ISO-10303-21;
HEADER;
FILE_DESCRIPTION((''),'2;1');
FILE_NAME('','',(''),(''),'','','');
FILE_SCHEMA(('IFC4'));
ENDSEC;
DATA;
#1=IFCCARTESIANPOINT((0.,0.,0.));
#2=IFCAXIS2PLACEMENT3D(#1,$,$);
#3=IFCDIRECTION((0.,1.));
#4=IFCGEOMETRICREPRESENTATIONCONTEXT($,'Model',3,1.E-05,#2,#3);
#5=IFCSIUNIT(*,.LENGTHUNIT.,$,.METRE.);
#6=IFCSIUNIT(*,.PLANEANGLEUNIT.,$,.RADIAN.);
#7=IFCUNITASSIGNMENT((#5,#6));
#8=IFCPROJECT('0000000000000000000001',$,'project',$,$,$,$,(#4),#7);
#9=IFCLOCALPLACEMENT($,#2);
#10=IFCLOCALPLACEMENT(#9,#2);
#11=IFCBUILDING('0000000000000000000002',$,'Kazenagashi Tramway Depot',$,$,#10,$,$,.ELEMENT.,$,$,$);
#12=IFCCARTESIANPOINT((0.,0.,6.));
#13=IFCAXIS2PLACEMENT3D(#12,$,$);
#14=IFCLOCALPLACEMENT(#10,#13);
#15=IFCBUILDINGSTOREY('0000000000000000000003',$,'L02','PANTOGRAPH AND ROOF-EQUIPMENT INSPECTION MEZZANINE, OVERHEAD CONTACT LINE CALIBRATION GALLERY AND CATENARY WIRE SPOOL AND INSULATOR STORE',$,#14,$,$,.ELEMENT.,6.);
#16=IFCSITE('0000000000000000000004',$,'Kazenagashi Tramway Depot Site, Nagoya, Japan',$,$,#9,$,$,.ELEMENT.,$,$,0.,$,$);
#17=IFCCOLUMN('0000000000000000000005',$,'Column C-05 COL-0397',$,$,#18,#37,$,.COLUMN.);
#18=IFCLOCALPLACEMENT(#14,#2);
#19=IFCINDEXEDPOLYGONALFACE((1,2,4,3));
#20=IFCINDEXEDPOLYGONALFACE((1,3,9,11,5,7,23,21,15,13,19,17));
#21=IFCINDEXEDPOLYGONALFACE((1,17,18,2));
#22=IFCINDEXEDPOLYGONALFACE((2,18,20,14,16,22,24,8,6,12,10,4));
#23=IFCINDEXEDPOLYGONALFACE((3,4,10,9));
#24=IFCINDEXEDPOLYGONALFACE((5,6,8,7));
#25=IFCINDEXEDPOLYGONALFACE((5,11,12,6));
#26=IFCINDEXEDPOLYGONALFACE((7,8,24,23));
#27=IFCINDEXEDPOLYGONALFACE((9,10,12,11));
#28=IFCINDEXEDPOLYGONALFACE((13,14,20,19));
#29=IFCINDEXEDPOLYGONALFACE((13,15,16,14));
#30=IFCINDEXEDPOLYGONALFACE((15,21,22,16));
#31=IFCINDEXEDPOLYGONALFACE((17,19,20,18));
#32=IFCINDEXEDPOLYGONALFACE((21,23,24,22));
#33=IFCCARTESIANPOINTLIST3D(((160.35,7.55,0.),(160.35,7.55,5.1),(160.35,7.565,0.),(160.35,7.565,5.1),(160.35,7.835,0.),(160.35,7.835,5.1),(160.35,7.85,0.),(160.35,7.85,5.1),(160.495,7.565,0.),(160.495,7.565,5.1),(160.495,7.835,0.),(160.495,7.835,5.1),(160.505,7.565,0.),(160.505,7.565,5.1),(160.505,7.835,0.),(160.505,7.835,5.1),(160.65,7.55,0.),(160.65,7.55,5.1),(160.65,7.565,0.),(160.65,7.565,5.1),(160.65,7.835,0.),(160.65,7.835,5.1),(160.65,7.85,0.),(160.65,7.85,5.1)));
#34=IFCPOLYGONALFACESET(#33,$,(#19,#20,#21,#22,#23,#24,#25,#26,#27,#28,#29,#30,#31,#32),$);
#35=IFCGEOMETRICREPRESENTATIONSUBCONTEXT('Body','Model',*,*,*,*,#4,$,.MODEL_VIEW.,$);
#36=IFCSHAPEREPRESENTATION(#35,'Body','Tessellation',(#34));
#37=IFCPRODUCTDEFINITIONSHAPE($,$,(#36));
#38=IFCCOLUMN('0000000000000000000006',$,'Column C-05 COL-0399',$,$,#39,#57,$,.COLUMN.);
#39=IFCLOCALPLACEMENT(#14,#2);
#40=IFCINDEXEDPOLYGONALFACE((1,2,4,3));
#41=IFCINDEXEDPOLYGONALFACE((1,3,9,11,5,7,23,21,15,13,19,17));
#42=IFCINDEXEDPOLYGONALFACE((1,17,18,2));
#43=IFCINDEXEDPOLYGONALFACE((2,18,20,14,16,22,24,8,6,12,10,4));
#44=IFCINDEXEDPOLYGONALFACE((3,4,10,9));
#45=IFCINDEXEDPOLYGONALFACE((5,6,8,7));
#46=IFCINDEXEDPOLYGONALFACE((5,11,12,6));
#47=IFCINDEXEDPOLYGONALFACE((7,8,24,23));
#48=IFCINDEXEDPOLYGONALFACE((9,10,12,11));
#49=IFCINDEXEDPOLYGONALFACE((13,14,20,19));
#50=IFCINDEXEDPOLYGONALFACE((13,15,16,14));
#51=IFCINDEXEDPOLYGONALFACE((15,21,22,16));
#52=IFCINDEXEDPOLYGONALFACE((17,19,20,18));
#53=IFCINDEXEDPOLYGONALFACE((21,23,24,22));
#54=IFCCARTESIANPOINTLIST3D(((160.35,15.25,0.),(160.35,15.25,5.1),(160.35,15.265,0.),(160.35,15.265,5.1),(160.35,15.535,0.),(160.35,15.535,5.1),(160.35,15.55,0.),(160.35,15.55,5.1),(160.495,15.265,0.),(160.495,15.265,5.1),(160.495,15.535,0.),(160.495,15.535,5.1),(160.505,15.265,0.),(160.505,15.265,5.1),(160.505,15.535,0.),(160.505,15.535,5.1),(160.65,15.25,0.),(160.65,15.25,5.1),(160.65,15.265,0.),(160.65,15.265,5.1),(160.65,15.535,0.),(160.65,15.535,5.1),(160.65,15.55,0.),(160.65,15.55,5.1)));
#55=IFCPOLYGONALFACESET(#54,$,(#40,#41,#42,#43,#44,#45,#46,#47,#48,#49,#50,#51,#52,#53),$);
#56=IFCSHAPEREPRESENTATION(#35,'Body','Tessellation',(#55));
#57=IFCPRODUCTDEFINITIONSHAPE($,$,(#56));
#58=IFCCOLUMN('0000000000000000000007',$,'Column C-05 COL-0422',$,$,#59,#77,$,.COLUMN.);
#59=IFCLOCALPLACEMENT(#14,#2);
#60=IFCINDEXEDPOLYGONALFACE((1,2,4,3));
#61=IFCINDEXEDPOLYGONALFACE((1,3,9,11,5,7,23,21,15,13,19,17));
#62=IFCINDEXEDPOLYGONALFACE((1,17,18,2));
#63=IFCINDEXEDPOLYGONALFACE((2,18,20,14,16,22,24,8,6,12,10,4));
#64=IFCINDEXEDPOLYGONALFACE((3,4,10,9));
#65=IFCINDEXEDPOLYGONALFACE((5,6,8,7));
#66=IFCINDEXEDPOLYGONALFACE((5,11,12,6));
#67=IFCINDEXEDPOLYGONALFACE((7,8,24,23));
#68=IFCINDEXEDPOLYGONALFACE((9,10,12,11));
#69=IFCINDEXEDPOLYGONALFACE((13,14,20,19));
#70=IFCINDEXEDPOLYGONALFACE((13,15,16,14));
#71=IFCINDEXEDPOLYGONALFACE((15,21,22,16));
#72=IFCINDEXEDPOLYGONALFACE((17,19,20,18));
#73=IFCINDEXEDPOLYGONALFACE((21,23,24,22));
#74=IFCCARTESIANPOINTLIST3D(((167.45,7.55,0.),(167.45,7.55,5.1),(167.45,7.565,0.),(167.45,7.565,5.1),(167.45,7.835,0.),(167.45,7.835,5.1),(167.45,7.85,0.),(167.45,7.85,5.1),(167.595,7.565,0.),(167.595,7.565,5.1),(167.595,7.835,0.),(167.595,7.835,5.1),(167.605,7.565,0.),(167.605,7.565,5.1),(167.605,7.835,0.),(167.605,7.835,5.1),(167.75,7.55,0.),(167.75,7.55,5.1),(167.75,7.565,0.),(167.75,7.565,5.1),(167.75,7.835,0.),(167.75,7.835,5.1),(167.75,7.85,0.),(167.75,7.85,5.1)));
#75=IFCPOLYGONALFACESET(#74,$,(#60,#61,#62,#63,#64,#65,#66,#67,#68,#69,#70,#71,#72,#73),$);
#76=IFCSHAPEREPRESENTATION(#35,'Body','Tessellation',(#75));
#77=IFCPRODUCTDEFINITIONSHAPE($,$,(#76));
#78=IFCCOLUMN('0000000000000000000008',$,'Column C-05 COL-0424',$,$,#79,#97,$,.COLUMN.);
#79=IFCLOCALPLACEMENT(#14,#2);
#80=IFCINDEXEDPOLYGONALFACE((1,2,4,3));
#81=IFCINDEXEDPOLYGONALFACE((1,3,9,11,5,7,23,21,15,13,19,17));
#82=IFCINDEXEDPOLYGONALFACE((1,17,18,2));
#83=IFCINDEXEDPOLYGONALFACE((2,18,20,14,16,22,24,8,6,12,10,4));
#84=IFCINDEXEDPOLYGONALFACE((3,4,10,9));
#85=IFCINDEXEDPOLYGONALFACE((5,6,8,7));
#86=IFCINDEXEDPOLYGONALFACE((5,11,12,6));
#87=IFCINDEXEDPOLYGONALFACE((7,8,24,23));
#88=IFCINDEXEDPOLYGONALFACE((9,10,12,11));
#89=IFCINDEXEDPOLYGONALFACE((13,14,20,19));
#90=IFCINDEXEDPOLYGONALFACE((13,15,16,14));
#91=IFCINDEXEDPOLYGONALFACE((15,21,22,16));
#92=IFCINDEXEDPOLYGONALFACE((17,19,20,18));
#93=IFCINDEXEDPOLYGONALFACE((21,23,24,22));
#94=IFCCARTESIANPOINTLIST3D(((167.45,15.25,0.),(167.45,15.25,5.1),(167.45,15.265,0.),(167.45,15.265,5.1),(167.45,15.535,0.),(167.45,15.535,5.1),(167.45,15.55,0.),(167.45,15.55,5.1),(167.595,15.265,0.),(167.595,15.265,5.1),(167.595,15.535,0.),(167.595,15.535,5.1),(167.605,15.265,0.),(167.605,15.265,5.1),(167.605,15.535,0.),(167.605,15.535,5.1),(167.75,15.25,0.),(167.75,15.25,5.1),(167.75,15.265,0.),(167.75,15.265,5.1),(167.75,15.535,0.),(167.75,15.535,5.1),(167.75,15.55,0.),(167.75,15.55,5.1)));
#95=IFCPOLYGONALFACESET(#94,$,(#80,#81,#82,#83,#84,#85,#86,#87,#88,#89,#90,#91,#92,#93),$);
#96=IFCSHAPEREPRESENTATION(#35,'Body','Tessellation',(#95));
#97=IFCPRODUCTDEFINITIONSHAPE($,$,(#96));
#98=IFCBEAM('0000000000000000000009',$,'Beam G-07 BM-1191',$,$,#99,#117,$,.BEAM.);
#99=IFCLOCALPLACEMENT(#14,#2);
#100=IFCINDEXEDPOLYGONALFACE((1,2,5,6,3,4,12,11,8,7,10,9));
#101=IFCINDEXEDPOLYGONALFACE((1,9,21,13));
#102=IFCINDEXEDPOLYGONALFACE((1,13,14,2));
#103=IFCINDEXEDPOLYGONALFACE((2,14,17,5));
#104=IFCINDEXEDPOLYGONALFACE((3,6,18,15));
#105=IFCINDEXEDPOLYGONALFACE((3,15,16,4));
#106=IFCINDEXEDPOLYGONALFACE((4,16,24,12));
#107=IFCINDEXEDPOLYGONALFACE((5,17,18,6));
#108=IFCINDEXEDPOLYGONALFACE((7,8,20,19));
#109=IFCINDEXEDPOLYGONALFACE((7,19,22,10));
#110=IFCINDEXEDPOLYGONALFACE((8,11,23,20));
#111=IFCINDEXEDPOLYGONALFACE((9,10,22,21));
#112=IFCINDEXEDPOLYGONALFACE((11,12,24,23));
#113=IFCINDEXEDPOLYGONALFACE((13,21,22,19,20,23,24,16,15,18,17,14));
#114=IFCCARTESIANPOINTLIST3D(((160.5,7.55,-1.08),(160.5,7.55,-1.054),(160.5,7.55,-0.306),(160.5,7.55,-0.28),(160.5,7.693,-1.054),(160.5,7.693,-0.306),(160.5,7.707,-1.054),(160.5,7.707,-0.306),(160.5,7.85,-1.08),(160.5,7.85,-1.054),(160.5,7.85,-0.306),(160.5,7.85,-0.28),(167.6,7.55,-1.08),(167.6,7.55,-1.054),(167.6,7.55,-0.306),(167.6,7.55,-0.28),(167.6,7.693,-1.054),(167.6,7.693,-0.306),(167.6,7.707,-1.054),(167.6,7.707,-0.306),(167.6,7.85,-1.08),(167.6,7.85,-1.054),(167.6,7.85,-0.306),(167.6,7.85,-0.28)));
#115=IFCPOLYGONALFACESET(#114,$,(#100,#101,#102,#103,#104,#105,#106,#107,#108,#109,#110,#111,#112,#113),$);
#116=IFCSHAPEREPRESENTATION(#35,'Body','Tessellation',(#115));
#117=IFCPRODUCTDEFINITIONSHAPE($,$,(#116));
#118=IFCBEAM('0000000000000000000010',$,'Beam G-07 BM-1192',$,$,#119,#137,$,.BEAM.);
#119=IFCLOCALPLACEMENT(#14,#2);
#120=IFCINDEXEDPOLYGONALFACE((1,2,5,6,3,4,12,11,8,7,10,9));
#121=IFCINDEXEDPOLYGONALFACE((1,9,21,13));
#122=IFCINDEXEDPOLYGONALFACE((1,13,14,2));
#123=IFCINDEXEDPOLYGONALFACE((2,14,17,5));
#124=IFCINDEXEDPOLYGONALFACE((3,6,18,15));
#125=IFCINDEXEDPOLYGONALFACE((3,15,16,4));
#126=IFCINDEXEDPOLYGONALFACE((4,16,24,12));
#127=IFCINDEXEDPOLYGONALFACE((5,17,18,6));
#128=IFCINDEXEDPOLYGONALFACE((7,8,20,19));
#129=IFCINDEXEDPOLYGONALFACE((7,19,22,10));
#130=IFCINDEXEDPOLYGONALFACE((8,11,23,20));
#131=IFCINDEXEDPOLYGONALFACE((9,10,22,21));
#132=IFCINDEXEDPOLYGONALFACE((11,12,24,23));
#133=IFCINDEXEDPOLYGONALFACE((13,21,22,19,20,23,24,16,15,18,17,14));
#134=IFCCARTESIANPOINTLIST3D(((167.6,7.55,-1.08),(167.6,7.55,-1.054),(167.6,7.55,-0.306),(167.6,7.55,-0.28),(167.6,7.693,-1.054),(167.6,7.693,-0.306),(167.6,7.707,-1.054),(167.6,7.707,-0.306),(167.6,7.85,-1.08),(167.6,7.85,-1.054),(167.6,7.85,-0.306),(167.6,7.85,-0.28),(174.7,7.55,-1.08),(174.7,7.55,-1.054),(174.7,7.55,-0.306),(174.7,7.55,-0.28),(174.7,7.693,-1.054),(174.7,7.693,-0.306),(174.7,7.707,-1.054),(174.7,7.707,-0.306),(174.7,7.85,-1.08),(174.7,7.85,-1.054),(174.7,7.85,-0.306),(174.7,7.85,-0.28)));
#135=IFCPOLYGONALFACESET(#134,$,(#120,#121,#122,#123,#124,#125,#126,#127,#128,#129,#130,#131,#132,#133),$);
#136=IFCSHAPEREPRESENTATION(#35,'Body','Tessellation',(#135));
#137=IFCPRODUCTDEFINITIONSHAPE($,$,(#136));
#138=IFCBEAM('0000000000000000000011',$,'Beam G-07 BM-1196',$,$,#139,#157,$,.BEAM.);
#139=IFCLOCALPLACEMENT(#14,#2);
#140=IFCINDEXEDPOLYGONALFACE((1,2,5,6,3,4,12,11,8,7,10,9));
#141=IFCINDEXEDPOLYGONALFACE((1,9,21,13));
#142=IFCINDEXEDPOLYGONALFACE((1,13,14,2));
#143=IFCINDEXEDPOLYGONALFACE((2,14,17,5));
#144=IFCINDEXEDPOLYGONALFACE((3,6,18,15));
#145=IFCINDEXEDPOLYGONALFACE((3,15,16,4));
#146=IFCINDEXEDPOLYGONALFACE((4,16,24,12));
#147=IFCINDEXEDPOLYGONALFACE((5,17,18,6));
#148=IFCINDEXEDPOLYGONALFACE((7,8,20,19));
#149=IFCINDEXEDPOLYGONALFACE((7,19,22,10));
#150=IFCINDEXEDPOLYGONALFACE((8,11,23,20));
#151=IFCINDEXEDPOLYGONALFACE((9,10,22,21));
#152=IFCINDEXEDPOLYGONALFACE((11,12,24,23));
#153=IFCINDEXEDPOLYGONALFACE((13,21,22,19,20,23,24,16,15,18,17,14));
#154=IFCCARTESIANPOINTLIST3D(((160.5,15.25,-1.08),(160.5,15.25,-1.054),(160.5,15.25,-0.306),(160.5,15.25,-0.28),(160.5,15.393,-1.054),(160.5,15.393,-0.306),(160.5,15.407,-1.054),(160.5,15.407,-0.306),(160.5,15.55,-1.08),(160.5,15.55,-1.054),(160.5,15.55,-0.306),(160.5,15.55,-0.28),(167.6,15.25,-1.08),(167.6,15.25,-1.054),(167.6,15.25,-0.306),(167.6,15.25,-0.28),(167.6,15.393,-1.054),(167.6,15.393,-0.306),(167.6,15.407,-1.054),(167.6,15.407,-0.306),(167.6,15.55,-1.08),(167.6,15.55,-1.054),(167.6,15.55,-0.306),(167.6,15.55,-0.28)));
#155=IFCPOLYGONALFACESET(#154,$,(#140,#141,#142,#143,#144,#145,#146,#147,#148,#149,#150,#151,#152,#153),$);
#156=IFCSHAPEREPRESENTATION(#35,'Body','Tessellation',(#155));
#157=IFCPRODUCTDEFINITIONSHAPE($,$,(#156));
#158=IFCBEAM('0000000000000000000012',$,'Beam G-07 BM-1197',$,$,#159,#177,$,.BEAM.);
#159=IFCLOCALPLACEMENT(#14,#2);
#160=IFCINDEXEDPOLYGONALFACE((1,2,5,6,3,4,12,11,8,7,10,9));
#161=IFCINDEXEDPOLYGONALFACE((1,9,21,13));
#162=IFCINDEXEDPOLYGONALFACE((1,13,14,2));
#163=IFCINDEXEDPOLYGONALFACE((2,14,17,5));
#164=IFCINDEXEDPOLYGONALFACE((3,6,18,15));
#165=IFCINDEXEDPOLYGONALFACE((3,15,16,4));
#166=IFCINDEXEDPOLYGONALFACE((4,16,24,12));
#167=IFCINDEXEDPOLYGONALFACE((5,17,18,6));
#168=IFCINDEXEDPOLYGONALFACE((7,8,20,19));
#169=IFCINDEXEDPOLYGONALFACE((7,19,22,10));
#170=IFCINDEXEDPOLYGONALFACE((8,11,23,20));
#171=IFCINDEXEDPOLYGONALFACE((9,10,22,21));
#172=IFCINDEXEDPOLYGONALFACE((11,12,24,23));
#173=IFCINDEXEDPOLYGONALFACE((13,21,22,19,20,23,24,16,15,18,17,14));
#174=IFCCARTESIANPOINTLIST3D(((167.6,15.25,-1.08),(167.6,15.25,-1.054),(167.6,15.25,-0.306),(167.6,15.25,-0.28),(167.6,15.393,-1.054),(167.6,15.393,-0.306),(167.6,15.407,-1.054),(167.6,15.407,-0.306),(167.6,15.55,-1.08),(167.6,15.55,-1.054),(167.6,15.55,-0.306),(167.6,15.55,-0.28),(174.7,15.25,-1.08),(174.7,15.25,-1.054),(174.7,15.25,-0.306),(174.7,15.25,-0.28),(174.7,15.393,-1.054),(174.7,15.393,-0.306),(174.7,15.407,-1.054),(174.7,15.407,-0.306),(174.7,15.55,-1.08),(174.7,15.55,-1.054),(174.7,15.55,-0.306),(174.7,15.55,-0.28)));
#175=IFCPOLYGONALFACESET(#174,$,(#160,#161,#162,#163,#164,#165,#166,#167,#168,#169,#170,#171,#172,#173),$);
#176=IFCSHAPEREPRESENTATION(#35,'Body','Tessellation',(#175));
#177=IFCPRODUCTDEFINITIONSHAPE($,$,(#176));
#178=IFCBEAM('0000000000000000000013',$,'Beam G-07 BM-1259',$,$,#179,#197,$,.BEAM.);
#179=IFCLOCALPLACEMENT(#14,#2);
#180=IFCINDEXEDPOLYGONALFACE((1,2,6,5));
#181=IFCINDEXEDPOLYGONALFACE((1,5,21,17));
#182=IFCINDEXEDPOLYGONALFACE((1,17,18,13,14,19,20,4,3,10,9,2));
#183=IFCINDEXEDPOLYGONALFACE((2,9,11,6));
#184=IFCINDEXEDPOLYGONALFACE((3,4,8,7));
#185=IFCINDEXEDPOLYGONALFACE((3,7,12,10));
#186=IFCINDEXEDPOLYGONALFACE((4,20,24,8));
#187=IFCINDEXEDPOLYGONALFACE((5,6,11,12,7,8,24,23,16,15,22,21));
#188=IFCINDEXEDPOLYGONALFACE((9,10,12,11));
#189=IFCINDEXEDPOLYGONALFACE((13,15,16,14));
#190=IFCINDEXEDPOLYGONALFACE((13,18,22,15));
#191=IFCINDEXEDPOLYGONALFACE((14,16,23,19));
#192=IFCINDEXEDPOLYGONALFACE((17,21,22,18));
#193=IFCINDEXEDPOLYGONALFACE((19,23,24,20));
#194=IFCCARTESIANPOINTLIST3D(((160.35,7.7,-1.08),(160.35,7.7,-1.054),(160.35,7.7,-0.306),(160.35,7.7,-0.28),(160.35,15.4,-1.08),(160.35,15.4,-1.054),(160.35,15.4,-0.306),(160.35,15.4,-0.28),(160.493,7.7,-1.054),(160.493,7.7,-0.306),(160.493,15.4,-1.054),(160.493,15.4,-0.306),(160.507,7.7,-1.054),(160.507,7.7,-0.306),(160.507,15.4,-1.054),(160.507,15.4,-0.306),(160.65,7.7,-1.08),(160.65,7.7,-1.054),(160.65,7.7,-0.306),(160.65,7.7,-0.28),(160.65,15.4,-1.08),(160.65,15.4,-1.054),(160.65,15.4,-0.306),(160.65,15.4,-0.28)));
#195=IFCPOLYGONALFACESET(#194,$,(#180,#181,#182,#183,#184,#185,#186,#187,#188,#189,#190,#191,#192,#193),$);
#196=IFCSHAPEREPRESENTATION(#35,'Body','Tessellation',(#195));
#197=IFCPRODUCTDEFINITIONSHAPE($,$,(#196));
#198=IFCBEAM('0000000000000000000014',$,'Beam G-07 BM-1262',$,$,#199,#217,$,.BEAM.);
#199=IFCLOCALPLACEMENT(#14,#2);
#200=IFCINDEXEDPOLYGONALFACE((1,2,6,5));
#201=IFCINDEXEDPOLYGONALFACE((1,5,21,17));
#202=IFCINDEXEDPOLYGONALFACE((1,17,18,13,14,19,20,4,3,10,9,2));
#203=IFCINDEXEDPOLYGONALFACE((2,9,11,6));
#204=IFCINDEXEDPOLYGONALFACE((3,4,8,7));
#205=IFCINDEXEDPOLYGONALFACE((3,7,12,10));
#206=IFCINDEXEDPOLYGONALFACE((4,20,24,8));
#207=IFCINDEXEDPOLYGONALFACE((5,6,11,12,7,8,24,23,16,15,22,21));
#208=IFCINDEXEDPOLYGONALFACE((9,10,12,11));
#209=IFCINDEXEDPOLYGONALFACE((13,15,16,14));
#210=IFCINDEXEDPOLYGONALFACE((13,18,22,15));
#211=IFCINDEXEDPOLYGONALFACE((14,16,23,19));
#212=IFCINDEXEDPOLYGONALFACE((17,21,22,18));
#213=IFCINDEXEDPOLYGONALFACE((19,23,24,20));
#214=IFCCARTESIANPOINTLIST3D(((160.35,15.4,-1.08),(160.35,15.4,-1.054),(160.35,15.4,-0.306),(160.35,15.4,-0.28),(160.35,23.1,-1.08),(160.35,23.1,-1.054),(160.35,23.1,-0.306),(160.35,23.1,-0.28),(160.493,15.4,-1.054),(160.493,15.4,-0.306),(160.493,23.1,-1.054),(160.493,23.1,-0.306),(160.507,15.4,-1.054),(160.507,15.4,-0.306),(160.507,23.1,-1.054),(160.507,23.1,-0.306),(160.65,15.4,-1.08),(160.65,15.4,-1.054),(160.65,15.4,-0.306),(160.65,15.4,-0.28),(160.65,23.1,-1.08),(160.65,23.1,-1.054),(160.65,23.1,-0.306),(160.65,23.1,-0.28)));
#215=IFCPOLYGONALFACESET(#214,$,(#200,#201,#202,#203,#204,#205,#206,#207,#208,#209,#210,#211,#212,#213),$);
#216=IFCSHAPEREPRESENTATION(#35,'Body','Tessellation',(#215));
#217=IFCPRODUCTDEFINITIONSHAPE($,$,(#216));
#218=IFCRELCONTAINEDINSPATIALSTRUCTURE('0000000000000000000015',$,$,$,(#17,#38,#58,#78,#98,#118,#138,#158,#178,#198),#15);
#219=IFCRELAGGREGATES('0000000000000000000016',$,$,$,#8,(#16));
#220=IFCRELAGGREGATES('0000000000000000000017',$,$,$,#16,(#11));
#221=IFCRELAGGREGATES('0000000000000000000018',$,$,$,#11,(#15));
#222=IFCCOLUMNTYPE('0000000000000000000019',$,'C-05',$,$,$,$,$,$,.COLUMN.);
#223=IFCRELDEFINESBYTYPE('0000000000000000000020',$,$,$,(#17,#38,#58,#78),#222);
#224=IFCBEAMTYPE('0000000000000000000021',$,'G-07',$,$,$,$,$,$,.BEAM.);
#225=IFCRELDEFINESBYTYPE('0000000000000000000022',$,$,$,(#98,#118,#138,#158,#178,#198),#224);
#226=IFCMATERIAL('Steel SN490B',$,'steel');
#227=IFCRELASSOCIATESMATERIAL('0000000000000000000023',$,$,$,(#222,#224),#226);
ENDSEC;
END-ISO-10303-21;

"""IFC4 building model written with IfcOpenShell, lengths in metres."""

from ifc_helpers import new_model, si_unit, direction, frame, origin, origin_2d, place, context, subcontext, project, spatial, i_section, extrude, material, material_profile, profile_set, type_object, element, save


model = new_model("IFC4")

# Units and contexts
model_context = context("Model", 3, precision=1e-05, world=origin(), true_north=direction((0.0, 1.0)))
body_context = subcontext(model_context, "Body", "Model", "MODEL_VIEW")
ifc_project = project(units=[si_unit("LENGTHUNIT", "METRE"), si_unit("PLANEANGLEUNIT", "RADIAN")], contexts=[model_context])

# Site, building, storey
site_placement = place(None, origin())
site = spatial("IfcSite", under=ifc_project, at=site_placement, Name="Kazenagashi Tramway Depot Site, Nagoya, Japan", CompositionType="ELEMENT", RefElevation=0.0)
building_placement = place(site_placement, origin())
building = spatial("IfcBuilding", under=site, at=building_placement, Name="Kazenagashi Tramway Depot", CompositionType="ELEMENT")
storey_placement = place(building_placement, frame((0.0, 0.0, 6.0)))
storey = spatial("IfcBuildingStorey", under=building, at=storey_placement, Name="L02", Description="PANTOGRAPH AND ROOF-EQUIPMENT INSPECTION MEZZANINE, OVERHEAD CONTACT LINE CALIBRATION GALLERY AND CATENARY WIRE SPOOL AND INSULATOR STORE", CompositionType="ELEMENT", Elevation=6.0)

# Columns
ifc_material_1 = material(Name="Steel SN490B", Category="steel")
ifc_material_profile_1 = material_profile(ifc_material_1, i_section(OverallWidth=0.3, OverallDepth=0.3, WebThickness=0.01, FlangeThickness=0.015, at=origin_2d()), Name="H-300x300x10x15")
ifc_profile_set_1 = profile_set([ifc_material_profile_1], Name="Steel SN490B")
column_type = type_object("IfcColumnType", Name="C-05", PredefinedType="COLUMN", material=ifc_profile_set_1)
for number, where, z_axis, x_axis, name in (
    (1, (160.5, 7.7, 0.0), (0.0, 0.0, 1.0), (1.0, 0.0, 0.0), "Column C-05 COL-0397"),
    (2, (160.5, 15.4, 0.0), (0.0, 0.0, 1.0), (1.0, 0.0, 0.0), "Column C-05 COL-0399"),
    (3, (167.6, 7.7, 0.0), (0.0, 0.0, 1.0), (1.0, 0.0, 0.0), "Column C-05 COL-0422"),
    (4, (167.6, 15.4, 0.0), (0.0, 0.0, 1.0), (1.0, 0.0, 0.0), "Column C-05 COL-0424"),
):
    element("IfcColumn", number, at=place(storey_placement, frame(where, z_axis=z_axis, x_axis=x_axis)), inside=storey, type_object=column_type, Name=name, PredefinedType="COLUMN", context=body_context, shape_type="SweptSolid", body=[
        extrude(i_section(OverallWidth=0.3, OverallDepth=0.3, WebThickness=0.01, FlangeThickness=0.015, at=origin_2d()), origin(), (0.0, 0.0, 1.0), 5.1),
    ])

# Beams
ifc_material_profile_2 = material_profile(ifc_material_1, i_section(OverallWidth=0.3, OverallDepth=0.8, WebThickness=0.014, FlangeThickness=0.026, at=origin_2d()), Name="H-800x300x14x26")
ifc_profile_set_2 = profile_set([ifc_material_profile_2], Name="Steel SN490B")
beam_type_1 = type_object("IfcBeamType", Name="G-07", PredefinedType="BEAM", material=ifc_profile_set_2)
for number, where, z_axis, x_axis, name in (
    (5, (160.5, 7.7, -0.68), (1.0, 0.0, 0.0), (0.0, 1.0, 0.0), "Beam G-07 BM-1191"),
    (6, (167.6, 7.7, -0.68), (1.0, 0.0, 0.0), (0.0, 1.0, 0.0), "Beam G-07 BM-1192"),
    (7, (160.5, 15.4, -0.68), (1.0, 0.0, 0.0), (0.0, 1.0, 0.0), "Beam G-07 BM-1196"),
    (8, (167.6, 15.4, -0.68), (1.0, 0.0, 0.0), (0.0, 1.0, 0.0), "Beam G-07 BM-1197"),
):
    element("IfcBeam", number, at=place(storey_placement, frame(where, z_axis=z_axis, x_axis=x_axis)), inside=storey, type_object=beam_type_1, Name=name, PredefinedType="BEAM", context=body_context, shape_type="SweptSolid", body=[
        extrude(i_section(OverallWidth=0.3, OverallDepth=0.8, WebThickness=0.014, FlangeThickness=0.026, at=origin_2d()), origin(), (0.0, 0.0, 1.0), 7.1),
    ])
for number, where, z_axis, x_axis, name in (
    (9, (160.5, 7.7, -0.68), (0.0, 1.0, 0.0), (-1.0, 0.0, 0.0), "Beam G-07 BM-1259"),
    (10, (160.5, 15.4, -0.68), (0.0, 1.0, 0.0), (-1.0, 0.0, 0.0), "Beam G-07 BM-1262"),
):
    element("IfcBeam", number, at=place(storey_placement, frame(where, z_axis=z_axis, x_axis=x_axis)), inside=storey, type_object=beam_type_1, Name=name, PredefinedType="BEAM", context=body_context, shape_type="SweptSolid", body=[
        extrude(i_section(OverallWidth=0.3, OverallDepth=0.8, WebThickness=0.014, FlangeThickness=0.026, at=origin_2d()), origin(), (0.0, 0.0, 1.0), 7.7),
    ])

save(model, "model.ifc")
